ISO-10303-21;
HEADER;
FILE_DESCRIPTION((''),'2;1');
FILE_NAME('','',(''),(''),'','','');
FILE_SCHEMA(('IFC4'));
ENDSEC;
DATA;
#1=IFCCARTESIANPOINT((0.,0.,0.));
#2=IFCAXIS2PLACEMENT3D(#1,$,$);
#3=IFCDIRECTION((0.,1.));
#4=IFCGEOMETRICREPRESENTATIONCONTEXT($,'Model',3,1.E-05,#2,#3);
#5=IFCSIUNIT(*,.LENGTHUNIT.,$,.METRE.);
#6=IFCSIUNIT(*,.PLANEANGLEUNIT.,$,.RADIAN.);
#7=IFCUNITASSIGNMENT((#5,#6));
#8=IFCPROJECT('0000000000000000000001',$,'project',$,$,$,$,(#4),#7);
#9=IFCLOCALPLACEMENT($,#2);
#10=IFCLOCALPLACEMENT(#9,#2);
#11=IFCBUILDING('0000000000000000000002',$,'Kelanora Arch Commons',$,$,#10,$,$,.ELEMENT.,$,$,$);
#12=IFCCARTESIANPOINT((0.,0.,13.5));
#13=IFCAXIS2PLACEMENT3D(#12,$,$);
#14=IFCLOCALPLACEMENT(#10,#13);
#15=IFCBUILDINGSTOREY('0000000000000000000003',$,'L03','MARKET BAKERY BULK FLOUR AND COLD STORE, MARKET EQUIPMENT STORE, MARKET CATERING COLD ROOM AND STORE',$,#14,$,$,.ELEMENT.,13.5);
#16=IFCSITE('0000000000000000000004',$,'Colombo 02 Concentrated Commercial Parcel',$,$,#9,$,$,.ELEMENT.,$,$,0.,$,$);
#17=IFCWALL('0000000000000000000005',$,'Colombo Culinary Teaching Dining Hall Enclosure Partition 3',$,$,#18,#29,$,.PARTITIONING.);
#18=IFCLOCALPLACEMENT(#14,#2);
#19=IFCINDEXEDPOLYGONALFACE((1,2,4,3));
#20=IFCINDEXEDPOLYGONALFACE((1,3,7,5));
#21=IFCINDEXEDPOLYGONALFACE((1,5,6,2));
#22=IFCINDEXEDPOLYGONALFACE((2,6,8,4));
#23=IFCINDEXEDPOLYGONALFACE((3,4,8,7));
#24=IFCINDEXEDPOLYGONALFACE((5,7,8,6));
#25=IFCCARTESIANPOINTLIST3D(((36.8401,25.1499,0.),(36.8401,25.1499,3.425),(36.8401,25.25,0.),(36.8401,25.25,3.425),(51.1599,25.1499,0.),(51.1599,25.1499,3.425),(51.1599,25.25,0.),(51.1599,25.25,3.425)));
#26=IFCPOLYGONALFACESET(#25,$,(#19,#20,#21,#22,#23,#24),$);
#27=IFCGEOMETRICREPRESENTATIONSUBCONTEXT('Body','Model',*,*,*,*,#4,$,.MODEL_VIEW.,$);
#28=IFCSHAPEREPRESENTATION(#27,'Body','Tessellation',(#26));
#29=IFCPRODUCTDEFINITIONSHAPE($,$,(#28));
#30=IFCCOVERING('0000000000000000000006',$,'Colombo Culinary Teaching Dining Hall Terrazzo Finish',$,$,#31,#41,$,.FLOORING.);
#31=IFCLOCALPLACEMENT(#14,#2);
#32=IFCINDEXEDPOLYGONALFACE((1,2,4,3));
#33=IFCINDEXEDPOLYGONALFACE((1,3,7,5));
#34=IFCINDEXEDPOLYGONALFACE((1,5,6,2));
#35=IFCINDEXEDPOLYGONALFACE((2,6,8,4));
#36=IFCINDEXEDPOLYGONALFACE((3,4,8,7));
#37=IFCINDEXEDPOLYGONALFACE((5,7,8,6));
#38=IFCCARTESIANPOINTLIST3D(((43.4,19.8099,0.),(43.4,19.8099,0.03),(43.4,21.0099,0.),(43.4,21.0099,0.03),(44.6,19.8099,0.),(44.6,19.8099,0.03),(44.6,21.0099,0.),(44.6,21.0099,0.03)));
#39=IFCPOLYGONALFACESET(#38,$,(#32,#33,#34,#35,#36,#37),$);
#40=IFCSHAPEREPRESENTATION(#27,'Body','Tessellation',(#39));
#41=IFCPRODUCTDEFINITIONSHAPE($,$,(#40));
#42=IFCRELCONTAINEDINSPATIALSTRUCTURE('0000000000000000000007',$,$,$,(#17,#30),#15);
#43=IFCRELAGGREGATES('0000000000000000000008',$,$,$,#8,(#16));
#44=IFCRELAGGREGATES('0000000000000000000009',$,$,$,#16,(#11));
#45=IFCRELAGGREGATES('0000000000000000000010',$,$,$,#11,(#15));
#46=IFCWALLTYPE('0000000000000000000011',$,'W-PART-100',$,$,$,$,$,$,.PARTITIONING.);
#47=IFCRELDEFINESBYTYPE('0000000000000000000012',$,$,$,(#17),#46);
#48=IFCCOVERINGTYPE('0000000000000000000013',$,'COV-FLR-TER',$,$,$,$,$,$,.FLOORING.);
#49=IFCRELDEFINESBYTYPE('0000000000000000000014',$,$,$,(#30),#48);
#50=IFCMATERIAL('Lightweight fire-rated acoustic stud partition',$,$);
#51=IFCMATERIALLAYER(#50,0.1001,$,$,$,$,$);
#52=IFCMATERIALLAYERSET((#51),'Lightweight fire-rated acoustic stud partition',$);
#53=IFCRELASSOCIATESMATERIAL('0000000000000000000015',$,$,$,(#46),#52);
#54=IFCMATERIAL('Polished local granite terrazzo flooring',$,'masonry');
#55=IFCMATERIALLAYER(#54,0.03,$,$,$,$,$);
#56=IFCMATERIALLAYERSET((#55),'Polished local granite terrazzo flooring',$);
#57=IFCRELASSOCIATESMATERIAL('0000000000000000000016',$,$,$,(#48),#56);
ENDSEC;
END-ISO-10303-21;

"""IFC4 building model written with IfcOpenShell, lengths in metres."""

from ifc_helpers import new_model, si_unit, direction, frame, frame_2d, origin, origin_2d, place, context, subcontext, project, spatial, rectangle, extrude, source, transform, mapped, material, layer, layer_set, type_object, element, save


model = new_model("IFC4")

# Units and contexts
model_context = context("Model", 3, precision=1e-05, world=origin(), true_north=direction((0.0, 1.0)))
body_context = subcontext(model_context, "Body", "Model", "MODEL_VIEW")
ifc_project = project(units=[si_unit("LENGTHUNIT", "METRE"), si_unit("PLANEANGLEUNIT", "RADIAN")], contexts=[model_context])

# Site, building, storey
site_placement = place(None, origin())
site = spatial("IfcSite", under=ifc_project, at=site_placement, Name="Colombo 02 Concentrated Commercial Parcel", CompositionType="ELEMENT", RefElevation=0.0)
building_placement = place(site_placement, origin())
building = spatial("IfcBuilding", under=site, at=building_placement, Name="Kelanora Arch Commons", CompositionType="ELEMENT")
storey_placement = place(building_placement, frame((0.0, 0.0, 13.5)))
storey = spatial("IfcBuildingStorey", under=building, at=storey_placement, Name="L03", Description="MARKET BAKERY BULK FLOUR AND COLD STORE, MARKET EQUIPMENT STORE, MARKET CATERING COLD ROOM AND STORE", CompositionType="ELEMENT", Elevation=13.5)

# Wall
ifc_material_1 = material(Name="Lightweight fire-rated acoustic stud partition")
ifc_layer_1 = layer(ifc_material_1, 0.1001)
ifc_layer_set_1 = layer_set([ifc_layer_1], Name="Lightweight fire-rated acoustic stud partition")
wall_type_1 = type_object("IfcWallType", Name="W-PART-100", PredefinedType="PARTITIONING", material=ifc_layer_set_1)
wall_1_placement = place(storey_placement, frame((51.1599, 25.2, 0.0), z_axis=(0.0, 0.0, 1.0), x_axis=(-1.0, 0.0, 0.0)))
element("IfcWall", 1, at=wall_1_placement, inside=storey, type_object=wall_type_1, Name="Colombo Culinary Teaching Dining Hall Enclosure Partition 3", PredefinedType="PARTITIONING", context=body_context, shape_type="SweptSolid", body=[
    extrude(rectangle(XDim=14.3198, YDim=0.1001, at=frame_2d((7.1599, 0.0))), origin(), (0.0, 0.0, 1.0), 3.425),
])

# Covering
ifc_material_2 = material(Name="Polished local granite terrazzo flooring", Category="masonry")
ifc_layer_2 = layer(ifc_material_2, 0.03)
ifc_layer_set_2 = layer_set([ifc_layer_2], Name="Polished local granite terrazzo flooring")
covering_type = type_object("IfcCoveringType", Name="COV-FLR-TER", PredefinedType="FLOORING", material=ifc_layer_set_2)
shared_shape_1 = source(origin(), body_context, "Body", "SweptSolid", [
    extrude(rectangle(XDim=1.2, YDim=1.2, at=origin_2d()), origin(), (0.0, 0.0, 1.0), 0.03),
])
covering_placement = place(storey_placement, frame((44.0, 20.4099, 0.0), z_axis=(0.0, 0.0, 1.0), x_axis=(1.0, 0.0, 0.0)))
element("IfcCovering", 2, at=covering_placement, inside=storey, type_object=covering_type, Name="Colombo Culinary Teaching Dining Hall Terrazzo Finish", PredefinedType="FLOORING", context=body_context, shape_type="MappedRepresentation", body=[
    mapped(shared_shape_1, transform((0.0, 0.0, 0.0), scale=1.0)),
])

save(model, "model.ifc")
